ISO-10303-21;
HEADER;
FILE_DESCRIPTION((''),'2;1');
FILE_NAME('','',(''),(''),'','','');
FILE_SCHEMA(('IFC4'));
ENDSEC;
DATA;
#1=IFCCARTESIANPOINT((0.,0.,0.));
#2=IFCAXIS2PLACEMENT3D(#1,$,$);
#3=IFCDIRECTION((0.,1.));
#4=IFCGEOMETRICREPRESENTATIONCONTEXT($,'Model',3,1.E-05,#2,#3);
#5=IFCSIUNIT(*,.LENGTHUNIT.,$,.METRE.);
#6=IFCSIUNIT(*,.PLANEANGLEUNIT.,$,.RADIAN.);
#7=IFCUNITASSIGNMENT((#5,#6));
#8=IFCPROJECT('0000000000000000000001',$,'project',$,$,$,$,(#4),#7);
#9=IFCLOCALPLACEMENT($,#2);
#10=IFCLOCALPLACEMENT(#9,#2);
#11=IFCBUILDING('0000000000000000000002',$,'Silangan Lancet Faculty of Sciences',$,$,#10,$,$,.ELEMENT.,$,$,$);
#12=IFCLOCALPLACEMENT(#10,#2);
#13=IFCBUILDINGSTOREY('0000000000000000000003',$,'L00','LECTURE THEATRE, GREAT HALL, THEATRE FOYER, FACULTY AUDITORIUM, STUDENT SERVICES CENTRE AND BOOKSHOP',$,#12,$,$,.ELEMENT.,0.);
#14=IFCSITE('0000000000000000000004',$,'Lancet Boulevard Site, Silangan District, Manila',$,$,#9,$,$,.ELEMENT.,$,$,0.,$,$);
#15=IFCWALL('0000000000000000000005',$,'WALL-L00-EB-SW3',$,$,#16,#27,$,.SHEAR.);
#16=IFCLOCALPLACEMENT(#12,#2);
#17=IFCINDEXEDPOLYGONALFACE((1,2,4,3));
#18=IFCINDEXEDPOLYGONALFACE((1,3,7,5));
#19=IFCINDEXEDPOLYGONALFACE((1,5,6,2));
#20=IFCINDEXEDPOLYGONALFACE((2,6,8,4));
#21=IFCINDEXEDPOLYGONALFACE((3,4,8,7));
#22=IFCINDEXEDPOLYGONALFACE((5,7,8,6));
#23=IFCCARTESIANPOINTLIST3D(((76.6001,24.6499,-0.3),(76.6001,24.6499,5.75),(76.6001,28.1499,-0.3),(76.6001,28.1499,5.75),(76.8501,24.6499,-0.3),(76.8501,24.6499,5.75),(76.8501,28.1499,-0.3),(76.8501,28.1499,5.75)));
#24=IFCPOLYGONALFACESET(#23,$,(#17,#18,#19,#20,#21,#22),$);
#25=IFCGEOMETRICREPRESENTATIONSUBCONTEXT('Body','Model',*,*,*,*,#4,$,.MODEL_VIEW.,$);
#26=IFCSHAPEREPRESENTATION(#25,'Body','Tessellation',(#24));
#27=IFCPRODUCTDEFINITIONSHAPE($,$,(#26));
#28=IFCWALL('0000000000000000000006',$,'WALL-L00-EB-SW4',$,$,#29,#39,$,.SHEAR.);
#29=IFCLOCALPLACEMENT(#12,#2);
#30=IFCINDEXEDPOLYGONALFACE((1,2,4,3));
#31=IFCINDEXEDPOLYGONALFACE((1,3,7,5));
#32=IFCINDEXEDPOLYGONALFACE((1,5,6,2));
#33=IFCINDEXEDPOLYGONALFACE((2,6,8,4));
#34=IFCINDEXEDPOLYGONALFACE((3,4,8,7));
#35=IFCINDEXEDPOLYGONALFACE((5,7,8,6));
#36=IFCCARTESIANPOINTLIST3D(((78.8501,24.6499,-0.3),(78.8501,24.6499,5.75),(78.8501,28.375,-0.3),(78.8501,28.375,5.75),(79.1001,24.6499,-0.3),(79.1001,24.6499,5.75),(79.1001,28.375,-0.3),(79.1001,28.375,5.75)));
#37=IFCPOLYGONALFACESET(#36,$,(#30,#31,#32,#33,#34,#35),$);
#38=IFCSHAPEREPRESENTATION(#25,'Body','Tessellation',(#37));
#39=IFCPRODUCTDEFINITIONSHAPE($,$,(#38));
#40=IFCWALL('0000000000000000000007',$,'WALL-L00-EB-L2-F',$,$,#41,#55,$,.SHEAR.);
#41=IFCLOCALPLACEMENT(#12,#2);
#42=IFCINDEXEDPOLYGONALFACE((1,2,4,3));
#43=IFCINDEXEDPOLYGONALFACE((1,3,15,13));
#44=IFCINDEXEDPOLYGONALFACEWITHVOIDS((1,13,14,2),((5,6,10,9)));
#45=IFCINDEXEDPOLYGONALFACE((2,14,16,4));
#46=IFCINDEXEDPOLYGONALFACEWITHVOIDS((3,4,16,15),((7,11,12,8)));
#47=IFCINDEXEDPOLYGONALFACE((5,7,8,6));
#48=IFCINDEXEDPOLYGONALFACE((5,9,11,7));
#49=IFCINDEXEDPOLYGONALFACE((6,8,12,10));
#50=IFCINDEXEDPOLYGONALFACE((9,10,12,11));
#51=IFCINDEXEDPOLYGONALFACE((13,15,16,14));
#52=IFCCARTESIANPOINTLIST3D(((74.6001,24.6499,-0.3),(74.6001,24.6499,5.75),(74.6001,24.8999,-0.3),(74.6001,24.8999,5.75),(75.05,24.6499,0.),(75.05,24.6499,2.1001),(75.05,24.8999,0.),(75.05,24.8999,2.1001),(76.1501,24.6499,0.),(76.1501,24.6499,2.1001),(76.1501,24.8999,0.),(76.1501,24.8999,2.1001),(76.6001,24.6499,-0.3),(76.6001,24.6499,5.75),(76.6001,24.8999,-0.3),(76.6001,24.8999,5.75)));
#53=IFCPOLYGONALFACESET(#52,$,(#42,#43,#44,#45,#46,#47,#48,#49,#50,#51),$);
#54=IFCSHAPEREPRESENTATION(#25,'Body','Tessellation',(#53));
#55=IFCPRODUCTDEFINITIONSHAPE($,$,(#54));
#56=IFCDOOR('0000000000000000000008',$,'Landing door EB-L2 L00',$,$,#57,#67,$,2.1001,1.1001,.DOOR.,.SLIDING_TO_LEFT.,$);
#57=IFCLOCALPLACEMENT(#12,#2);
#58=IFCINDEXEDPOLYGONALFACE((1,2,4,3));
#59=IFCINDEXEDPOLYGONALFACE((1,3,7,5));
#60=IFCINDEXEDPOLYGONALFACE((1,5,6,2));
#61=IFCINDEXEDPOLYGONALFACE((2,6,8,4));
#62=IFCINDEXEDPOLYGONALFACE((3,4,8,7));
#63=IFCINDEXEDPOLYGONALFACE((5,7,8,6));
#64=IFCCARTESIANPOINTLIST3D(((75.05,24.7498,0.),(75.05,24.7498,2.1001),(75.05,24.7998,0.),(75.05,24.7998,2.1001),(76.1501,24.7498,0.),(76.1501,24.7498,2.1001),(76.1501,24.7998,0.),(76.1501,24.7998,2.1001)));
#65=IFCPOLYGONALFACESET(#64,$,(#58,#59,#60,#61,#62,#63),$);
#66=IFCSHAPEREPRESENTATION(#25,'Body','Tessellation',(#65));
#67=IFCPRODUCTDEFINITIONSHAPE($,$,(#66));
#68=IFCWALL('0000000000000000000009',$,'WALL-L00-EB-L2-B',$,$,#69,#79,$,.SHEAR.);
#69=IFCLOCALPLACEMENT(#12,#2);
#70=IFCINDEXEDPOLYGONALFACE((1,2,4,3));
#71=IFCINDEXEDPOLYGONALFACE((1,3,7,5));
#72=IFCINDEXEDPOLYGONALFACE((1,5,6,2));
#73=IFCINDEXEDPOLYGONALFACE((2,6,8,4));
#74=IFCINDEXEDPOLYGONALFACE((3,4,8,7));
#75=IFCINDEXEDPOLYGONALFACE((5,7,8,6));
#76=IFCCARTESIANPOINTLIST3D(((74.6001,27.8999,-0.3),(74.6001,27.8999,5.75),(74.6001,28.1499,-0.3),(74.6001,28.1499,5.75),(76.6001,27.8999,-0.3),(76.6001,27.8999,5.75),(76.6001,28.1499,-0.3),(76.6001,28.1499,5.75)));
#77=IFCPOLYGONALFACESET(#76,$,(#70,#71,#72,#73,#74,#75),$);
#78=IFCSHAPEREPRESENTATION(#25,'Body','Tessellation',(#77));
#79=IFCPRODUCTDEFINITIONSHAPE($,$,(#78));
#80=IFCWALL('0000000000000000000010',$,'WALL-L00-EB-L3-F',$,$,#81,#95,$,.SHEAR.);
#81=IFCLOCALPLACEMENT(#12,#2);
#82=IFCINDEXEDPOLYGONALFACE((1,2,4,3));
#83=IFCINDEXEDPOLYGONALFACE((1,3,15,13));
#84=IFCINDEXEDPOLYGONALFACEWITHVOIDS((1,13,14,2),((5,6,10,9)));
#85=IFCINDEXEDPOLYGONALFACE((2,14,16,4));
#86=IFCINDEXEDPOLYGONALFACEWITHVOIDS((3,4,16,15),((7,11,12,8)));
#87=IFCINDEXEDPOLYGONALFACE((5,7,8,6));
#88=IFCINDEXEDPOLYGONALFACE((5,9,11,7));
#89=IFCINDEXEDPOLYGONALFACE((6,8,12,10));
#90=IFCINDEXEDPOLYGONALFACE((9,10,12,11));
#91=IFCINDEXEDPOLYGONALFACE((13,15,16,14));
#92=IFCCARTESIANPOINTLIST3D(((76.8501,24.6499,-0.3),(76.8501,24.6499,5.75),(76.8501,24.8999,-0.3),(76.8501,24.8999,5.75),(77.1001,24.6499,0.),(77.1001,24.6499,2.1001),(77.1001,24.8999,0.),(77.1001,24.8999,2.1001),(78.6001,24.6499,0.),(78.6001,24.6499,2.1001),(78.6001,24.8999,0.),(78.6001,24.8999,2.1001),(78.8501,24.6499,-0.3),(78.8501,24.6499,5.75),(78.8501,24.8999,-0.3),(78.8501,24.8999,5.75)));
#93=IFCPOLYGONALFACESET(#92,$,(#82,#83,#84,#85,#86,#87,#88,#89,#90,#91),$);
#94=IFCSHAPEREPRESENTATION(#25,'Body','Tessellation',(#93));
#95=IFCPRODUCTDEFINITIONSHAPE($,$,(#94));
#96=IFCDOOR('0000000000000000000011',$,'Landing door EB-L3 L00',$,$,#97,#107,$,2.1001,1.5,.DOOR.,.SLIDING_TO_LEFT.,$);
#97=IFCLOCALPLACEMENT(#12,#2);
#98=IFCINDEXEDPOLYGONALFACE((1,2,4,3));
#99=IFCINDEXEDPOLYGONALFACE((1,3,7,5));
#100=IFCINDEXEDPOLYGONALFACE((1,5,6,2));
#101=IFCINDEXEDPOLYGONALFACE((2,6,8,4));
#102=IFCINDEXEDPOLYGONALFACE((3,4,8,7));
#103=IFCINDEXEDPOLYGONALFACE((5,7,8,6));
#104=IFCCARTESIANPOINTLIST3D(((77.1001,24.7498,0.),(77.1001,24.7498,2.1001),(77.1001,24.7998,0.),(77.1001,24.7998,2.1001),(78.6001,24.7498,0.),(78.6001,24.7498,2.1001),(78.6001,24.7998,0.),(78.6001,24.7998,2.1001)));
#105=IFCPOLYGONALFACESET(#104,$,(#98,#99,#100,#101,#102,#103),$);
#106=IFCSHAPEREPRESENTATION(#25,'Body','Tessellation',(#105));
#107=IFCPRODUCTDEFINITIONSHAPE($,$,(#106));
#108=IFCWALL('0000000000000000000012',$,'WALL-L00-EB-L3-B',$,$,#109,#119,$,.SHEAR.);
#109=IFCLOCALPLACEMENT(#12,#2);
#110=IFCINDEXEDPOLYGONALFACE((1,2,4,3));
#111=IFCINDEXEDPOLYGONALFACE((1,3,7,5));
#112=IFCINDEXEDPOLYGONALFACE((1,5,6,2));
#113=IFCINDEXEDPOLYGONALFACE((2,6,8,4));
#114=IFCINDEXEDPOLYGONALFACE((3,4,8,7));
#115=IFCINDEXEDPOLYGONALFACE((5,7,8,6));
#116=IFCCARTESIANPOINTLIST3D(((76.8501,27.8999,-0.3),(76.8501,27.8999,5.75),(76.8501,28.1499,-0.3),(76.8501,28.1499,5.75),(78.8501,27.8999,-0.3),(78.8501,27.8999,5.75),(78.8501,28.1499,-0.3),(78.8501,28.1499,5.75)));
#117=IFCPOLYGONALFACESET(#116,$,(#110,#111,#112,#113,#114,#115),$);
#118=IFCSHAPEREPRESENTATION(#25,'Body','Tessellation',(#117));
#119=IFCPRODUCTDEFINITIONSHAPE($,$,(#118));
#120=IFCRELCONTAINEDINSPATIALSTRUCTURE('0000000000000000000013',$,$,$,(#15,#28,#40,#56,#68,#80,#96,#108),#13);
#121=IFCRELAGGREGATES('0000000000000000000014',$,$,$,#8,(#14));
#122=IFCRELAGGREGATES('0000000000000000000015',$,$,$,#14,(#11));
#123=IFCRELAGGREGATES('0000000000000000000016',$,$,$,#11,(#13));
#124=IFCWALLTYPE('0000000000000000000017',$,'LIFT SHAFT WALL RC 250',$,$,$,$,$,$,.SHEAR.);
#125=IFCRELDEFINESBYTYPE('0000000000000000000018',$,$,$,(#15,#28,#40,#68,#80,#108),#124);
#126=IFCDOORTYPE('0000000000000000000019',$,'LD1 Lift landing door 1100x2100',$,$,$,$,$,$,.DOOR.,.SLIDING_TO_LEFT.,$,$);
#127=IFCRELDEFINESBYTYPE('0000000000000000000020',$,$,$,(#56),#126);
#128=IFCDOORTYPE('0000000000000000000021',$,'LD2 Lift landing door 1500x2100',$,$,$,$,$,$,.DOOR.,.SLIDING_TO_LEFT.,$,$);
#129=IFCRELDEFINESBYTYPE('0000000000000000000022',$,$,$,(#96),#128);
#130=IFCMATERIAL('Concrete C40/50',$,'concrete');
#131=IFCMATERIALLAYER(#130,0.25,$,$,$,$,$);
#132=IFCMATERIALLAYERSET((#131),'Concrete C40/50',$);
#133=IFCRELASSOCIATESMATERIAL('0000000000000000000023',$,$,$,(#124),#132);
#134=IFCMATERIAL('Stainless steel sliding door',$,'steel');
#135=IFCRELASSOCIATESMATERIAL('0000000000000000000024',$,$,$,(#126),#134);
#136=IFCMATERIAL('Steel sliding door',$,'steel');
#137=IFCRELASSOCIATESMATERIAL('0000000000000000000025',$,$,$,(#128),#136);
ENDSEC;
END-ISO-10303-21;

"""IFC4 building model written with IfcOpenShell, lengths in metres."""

from ifc_helpers import new_model, si_unit, direction, frame, frame_2d, origin, place, context, subcontext, project, spatial, rectangle, extrude, material, layer, layer_set, type_object, element, fill, save


model = new_model("IFC4")

# Units and contexts
model_context = context("Model", 3, precision=1e-05, world=origin(), true_north=direction((0.0, 1.0)))
body_context = subcontext(model_context, "Body", "Model", "MODEL_VIEW")
ifc_project = project(units=[si_unit("LENGTHUNIT", "METRE"), si_unit("PLANEANGLEUNIT", "RADIAN")], contexts=[model_context])

# Site, building, storey
site_placement = place(None, origin())
site = spatial("IfcSite", under=ifc_project, at=site_placement, Name="Lancet Boulevard Site, Silangan District, Manila", CompositionType="ELEMENT", RefElevation=0.0)
building_placement = place(site_placement, origin())
building = spatial("IfcBuilding", under=site, at=building_placement, Name="Silangan Lancet Faculty of Sciences", CompositionType="ELEMENT")
storey_placement = place(building_placement, origin())
storey = spatial("IfcBuildingStorey", under=building, at=storey_placement, Name="L00", Description="LECTURE THEATRE, GREAT HALL, THEATRE FOYER, FACULTY AUDITORIUM, STUDENT SERVICES CENTRE AND BOOKSHOP", CompositionType="ELEMENT", Elevation=0.0)

# Walls
ifc_material_1 = material(Name="Concrete C40/50", Category="concrete")
ifc_layer_1 = layer(ifc_material_1, 0.25)
ifc_layer_set_1 = layer_set([ifc_layer_1], Name="Concrete C40/50")
wall_type_1 = type_object("IfcWallType", Name="LIFT SHAFT WALL RC 250", PredefinedType="SHEAR", material=ifc_layer_set_1)
wall_1_placement = place(storey_placement, frame((76.7251, 24.6499, -0.3), z_axis=(0.0, 0.0, 1.0), x_axis=(0.0, 1.0, 0.0)))
element("IfcWall", 1, at=wall_1_placement, inside=storey, type_object=wall_type_1, Name="WALL-L00-EB-SW3", PredefinedType="SHEAR", context=body_context, shape_type="SweptSolid", body=[
    extrude(rectangle(XDim=3.5, YDim=0.25, at=frame_2d((1.75, 0.0))), origin(), (0.0, 0.0, 1.0), 6.05),
])
wall_2_placement = place(storey_placement, frame((78.9751, 24.6499, -0.3), z_axis=(0.0, 0.0, 1.0), x_axis=(0.0, 1.0, 0.0)))
element("IfcWall", 2, at=wall_2_placement, inside=storey, type_object=wall_type_1, Name="WALL-L00-EB-SW4", PredefinedType="SHEAR", context=body_context, shape_type="SweptSolid", body=[
    extrude(rectangle(XDim=3.7251, YDim=0.25, at=frame_2d((1.8625, 0.0))), origin(), (0.0, 0.0, 1.0), 6.05),
])

# Wall, opening, door
wall_3_placement = place(storey_placement, frame((74.6001, 24.7749, -0.3), z_axis=(0.0, 0.0, 1.0), x_axis=(1.0, 0.0, 0.0)))
wall_3 = element("IfcWall", 3, at=wall_3_placement, inside=storey, type_object=wall_type_1, Name="WALL-L00-EB-L2-F", PredefinedType="SHEAR", context=body_context, shape_type="SweptSolid", body=[
    extrude(rectangle(XDim=2.0, YDim=0.25, at=frame_2d((1.0, 0.0))), origin(), (0.0, 0.0, 1.0), 6.05),
])
opening_1_placement = place(wall_3_placement, frame((0.45, 0.0, 0.3)))
opening_1 = element("IfcOpeningElement", 4, at=opening_1_placement, cuts=wall_3, PredefinedType="OPENING", context=body_context, shape_type="SweptSolid", body=[
    extrude(rectangle(XDim=1.1001, YDim=2.1001, at=frame_2d((0.55, 1.05))), frame((0.0, 0.135, 0.0), z_axis=(0.0, -1.0, 0.0), x_axis=(1.0, 0.0, 0.0)), (0.0, 0.0, 1.0), 0.27),
])
ifc_material_2 = material(Name="Stainless steel sliding door", Category="steel")
door_type_1 = type_object("IfcDoorType", Name="LD1 Lift landing door 1100x2100", OperationType="SLIDING_TO_LEFT", PredefinedType="DOOR", material=ifc_material_2)
door_1_placement = place(opening_1_placement, origin())
door_1 = element("IfcDoor", 5, at=door_1_placement, inside=storey, type_object=door_type_1, Name="Landing door EB-L2 L00", OperationType="SLIDING_TO_LEFT", OverallHeight=2.1001, OverallWidth=1.1001, PredefinedType="DOOR", context=body_context, shape_type="SweptSolid", body=[
    extrude(rectangle(XDim=1.1001, YDim=2.1001, at=frame_2d((0.55, 1.05))), frame((0.0, 0.0249, 0.0), z_axis=(0.0, -1.0, 0.0), x_axis=(1.0, 0.0, 0.0)), (0.0, 0.0, 1.0), 0.05),
])
fill(opening_1, door_1)

# Wall
wall_4_placement = place(storey_placement, frame((74.6001, 28.0249, -0.3), z_axis=(0.0, 0.0, 1.0), x_axis=(1.0, 0.0, 0.0)))
element("IfcWall", 6, at=wall_4_placement, inside=storey, type_object=wall_type_1, Name="WALL-L00-EB-L2-B", PredefinedType="SHEAR", context=body_context, shape_type="SweptSolid", body=[
    extrude(rectangle(XDim=2.0, YDim=0.25, at=frame_2d((1.0, 0.0))), origin(), (0.0, 0.0, 1.0), 6.05),
])

# Wall, opening, door
wall_5_placement = place(storey_placement, frame((76.8501, 24.7749, -0.3), z_axis=(0.0, 0.0, 1.0), x_axis=(1.0, 0.0, 0.0)))
wall_5 = element("IfcWall", 7, at=wall_5_placement, inside=storey, type_object=wall_type_1, Name="WALL-L00-EB-L3-F", PredefinedType="SHEAR", context=body_context, shape_type="SweptSolid", body=[
    extrude(rectangle(XDim=2.0, YDim=0.25, at=frame_2d((1.0, 0.0))), origin(), (0.0, 0.0, 1.0), 6.05),
])
opening_2_placement = place(wall_5_placement, frame((0.25, 0.0, 0.3)))
opening_2 = element("IfcOpeningElement", 8, at=opening_2_placement, cuts=wall_5, PredefinedType="OPENING", context=body_context, shape_type="SweptSolid", body=[
    extrude(rectangle(XDim=1.5, YDim=2.1001, at=frame_2d((0.75, 1.05))), frame((0.0, 0.135, 0.0), z_axis=(0.0, -1.0, 0.0), x_axis=(1.0, 0.0, 0.0)), (0.0, 0.0, 1.0), 0.27),
])
ifc_material_3 = material(Name="Steel sliding door", Category="steel")
door_type_2 = type_object("IfcDoorType", Name="LD2 Lift landing door 1500x2100", OperationType="SLIDING_TO_LEFT", PredefinedType="DOOR", material=ifc_material_3)
door_2_placement = place(opening_2_placement, origin())
door_2 = element("IfcDoor", 9, at=door_2_placement, inside=storey, type_object=door_type_2, Name="Landing door EB-L3 L00", OperationType="SLIDING_TO_LEFT", OverallHeight=2.1001, OverallWidth=1.5, PredefinedType="DOOR", context=body_context, shape_type="SweptSolid", body=[
    extrude(rectangle(XDim=1.5, YDim=2.1001, at=frame_2d((0.75, 1.05))), frame((0.0, 0.0249, 0.0), z_axis=(0.0, -1.0, 0.0), x_axis=(1.0, 0.0, 0.0)), (0.0, 0.0, 1.0), 0.05),
])
fill(opening_2, door_2)

# Wall
wall_6_placement = place(storey_placement, frame((76.8501, 28.0249, -0.3), z_axis=(0.0, 0.0, 1.0), x_axis=(1.0, 0.0, 0.0)))
element("IfcWall", 10, at=wall_6_placement, inside=storey, type_object=wall_type_1, Name="WALL-L00-EB-L3-B", PredefinedType="SHEAR", context=body_context, shape_type="SweptSolid", body=[
    extrude(rectangle(XDim=2.0, YDim=0.25, at=frame_2d((1.0, 0.0))), origin(), (0.0, 0.0, 1.0), 6.05),
])

save(model, "model.ifc")
